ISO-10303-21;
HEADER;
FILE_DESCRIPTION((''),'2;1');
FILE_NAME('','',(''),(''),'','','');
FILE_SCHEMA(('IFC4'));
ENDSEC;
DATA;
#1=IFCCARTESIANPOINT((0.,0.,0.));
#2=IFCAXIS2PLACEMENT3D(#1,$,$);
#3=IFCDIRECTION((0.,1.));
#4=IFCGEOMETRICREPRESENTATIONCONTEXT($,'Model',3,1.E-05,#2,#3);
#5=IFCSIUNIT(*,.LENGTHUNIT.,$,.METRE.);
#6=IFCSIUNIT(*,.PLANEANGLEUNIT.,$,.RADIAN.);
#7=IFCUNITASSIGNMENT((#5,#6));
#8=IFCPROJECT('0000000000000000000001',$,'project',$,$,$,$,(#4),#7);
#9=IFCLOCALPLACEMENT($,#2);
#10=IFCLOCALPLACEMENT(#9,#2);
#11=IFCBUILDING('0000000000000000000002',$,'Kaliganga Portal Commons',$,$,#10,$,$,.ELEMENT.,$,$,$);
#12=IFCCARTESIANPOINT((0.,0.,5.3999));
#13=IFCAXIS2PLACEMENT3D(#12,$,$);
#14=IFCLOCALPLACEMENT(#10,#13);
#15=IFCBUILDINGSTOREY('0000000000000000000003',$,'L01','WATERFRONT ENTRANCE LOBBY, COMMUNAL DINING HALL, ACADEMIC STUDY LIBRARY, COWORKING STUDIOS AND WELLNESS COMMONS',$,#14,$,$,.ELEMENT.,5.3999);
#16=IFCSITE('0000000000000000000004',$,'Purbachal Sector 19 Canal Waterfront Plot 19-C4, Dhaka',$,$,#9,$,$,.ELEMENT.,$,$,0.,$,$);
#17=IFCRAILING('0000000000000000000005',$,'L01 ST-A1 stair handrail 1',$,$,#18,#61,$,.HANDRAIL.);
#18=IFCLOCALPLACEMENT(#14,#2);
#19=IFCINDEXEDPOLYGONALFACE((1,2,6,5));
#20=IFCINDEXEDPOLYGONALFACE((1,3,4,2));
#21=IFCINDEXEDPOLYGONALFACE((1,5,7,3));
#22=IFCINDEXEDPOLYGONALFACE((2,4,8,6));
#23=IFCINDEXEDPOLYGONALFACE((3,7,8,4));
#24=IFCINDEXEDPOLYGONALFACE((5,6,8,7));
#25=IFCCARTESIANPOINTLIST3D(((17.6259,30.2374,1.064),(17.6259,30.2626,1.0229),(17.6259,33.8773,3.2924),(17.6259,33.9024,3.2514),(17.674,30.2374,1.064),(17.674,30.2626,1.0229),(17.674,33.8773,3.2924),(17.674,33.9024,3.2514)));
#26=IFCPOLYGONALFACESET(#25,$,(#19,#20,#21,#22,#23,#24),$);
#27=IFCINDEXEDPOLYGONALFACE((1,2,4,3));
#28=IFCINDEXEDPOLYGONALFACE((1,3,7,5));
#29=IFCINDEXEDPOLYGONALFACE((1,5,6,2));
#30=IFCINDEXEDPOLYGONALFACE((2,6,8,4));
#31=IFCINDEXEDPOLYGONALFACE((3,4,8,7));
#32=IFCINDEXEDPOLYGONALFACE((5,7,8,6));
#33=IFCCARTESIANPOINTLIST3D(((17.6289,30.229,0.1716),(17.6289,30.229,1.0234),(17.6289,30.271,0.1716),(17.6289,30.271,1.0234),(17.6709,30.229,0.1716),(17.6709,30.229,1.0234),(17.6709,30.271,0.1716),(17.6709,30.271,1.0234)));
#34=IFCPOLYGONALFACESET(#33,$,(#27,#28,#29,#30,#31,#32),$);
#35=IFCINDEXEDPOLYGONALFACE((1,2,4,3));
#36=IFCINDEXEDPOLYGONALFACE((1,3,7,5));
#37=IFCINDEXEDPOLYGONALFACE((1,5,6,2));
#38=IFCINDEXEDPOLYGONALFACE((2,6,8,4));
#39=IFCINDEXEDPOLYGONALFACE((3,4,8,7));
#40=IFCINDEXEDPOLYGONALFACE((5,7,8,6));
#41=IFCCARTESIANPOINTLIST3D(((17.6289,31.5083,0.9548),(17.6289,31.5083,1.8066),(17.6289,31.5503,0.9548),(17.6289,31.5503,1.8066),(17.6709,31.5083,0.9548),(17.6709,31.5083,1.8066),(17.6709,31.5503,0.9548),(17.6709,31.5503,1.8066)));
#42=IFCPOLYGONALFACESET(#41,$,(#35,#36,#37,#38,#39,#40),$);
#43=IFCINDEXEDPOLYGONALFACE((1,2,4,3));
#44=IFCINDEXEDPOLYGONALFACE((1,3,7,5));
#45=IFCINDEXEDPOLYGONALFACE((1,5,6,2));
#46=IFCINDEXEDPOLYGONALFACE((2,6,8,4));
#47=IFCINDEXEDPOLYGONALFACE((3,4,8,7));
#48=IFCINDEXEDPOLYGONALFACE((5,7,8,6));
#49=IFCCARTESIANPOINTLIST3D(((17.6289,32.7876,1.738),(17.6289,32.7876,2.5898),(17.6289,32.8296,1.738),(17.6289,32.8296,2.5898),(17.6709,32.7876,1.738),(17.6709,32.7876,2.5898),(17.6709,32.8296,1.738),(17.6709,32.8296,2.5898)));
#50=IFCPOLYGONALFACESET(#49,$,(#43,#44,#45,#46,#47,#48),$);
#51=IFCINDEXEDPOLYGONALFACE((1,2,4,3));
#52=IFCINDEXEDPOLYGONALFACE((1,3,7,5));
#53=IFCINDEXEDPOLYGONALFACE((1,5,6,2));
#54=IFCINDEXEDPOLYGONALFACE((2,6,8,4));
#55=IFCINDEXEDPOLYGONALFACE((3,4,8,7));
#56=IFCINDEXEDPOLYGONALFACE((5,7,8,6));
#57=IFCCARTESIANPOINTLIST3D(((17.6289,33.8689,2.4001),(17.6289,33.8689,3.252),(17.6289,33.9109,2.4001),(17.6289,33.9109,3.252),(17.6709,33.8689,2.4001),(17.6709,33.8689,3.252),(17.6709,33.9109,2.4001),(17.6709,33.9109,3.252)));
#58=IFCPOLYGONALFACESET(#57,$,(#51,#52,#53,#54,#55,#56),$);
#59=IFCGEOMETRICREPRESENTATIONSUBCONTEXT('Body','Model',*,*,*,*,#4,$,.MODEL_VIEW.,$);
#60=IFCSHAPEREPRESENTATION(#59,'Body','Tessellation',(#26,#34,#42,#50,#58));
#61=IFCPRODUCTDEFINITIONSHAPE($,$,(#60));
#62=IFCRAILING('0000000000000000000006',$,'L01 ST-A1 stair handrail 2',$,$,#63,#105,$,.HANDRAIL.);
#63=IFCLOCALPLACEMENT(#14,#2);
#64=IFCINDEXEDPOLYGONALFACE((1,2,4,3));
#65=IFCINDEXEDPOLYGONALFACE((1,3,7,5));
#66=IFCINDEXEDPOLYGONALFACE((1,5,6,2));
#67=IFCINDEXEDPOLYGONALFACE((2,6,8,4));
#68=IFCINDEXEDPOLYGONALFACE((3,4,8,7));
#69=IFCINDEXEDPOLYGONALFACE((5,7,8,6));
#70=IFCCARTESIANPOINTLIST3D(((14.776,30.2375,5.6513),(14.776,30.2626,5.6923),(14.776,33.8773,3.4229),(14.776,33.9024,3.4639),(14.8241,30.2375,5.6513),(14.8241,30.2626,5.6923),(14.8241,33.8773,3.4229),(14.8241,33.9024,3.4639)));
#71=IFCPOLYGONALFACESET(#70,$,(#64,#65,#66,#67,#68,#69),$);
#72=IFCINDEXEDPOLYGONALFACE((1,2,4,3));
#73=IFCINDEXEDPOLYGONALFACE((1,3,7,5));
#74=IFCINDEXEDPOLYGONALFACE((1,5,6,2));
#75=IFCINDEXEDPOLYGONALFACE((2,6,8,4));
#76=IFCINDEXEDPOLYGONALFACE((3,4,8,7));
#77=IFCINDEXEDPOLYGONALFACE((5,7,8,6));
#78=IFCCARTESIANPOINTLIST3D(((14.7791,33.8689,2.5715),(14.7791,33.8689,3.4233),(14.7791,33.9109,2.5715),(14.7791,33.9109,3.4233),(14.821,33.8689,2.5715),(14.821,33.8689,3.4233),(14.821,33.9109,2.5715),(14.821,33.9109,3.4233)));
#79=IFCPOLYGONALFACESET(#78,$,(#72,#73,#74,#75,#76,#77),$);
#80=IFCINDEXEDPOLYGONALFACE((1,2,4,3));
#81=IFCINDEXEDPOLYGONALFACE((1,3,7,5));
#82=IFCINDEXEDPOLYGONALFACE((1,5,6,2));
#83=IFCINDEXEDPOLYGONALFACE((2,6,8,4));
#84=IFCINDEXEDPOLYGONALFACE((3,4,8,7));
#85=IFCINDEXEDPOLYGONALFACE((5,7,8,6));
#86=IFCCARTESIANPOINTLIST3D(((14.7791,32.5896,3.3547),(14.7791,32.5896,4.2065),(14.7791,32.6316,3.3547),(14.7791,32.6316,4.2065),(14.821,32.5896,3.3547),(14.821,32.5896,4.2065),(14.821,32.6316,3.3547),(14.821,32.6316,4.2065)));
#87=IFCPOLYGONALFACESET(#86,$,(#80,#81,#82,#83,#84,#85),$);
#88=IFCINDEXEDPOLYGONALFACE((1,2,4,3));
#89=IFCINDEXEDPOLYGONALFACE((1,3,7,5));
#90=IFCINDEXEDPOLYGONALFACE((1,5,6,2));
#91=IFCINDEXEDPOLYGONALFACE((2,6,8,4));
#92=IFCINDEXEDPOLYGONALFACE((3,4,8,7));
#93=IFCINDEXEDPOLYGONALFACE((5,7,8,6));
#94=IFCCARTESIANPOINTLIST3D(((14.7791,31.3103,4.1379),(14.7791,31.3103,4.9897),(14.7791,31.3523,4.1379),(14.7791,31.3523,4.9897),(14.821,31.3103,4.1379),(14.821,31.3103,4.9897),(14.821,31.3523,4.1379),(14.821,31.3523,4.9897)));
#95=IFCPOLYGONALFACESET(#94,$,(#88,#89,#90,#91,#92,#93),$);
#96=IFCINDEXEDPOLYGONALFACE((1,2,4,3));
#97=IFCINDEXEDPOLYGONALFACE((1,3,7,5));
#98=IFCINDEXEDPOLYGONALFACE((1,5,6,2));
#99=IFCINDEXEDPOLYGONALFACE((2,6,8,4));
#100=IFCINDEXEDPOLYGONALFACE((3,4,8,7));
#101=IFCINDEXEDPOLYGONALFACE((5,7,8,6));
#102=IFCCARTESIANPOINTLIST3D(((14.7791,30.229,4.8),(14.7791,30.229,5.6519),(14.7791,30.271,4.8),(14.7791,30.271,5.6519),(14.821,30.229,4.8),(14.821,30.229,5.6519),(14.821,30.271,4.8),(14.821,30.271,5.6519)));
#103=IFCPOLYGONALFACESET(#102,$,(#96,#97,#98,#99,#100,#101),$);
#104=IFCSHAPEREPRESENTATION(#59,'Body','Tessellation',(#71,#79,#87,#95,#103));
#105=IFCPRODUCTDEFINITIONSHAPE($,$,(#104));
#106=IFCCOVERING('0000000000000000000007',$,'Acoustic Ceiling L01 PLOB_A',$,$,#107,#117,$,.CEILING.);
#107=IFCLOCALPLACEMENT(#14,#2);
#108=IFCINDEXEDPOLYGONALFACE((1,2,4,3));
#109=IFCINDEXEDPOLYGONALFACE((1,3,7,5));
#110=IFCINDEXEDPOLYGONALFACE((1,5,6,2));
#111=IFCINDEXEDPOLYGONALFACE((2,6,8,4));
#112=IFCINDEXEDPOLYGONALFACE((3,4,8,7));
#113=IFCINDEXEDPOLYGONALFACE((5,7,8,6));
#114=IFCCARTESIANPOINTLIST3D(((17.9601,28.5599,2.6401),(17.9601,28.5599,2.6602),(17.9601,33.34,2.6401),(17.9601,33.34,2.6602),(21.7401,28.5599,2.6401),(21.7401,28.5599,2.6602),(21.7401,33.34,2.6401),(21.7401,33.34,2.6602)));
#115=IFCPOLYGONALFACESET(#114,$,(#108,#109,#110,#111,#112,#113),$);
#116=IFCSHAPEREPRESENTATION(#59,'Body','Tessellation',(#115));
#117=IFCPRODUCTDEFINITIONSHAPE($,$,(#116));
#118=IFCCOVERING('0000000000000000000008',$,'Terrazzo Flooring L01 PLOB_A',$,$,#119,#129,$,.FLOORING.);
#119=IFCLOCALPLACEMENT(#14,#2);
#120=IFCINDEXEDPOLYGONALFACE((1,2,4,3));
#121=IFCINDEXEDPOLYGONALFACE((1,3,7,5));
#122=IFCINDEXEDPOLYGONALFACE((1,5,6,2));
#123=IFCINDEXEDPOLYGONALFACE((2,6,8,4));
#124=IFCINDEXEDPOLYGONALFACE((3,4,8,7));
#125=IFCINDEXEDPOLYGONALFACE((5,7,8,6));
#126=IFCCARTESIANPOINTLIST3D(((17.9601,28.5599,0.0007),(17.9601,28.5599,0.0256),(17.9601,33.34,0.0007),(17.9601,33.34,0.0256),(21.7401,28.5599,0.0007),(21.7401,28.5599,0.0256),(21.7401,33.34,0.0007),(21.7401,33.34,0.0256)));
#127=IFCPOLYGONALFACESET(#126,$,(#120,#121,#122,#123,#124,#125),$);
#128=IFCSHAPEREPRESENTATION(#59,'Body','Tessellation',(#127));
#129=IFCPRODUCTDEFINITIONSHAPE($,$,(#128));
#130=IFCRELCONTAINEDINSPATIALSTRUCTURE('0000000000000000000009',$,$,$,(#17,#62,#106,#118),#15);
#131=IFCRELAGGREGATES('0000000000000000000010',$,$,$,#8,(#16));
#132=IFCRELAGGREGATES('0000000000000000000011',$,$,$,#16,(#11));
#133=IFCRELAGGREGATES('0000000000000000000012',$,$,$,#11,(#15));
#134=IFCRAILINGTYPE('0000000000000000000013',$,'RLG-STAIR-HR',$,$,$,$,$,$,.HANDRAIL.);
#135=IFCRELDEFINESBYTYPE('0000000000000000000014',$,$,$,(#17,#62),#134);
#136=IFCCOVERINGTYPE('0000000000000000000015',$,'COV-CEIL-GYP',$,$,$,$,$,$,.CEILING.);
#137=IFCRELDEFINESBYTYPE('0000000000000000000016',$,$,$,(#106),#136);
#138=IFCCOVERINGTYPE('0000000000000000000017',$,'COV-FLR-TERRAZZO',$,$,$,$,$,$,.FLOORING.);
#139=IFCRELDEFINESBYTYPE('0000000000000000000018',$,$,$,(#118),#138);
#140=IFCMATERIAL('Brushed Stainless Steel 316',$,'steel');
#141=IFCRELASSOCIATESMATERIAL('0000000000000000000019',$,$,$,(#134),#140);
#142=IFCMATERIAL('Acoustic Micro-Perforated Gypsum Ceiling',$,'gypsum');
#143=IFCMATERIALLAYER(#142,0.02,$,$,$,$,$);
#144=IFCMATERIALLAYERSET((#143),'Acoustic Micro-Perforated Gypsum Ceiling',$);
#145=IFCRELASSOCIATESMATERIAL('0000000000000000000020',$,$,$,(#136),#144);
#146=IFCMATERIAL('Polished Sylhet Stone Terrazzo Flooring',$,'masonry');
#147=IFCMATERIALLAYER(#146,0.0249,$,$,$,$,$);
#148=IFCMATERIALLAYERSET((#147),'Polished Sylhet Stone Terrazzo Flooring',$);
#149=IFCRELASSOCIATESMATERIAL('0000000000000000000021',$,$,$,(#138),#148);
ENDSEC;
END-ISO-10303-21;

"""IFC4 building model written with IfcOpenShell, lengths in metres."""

from ifc_helpers import new_model, si_unit, direction, frame, origin, origin_2d, place, context, subcontext, project, spatial, rectangle, extrude, source, transform, mapped, material, layer, layer_set, type_object, element, save


model = new_model("IFC4")

# Units and contexts
model_context = context("Model", 3, precision=1e-05, world=origin(), true_north=direction((0.0, 1.0)))
body_context = subcontext(model_context, "Body", "Model", "MODEL_VIEW")
ifc_project = project(units=[si_unit("LENGTHUNIT", "METRE"), si_unit("PLANEANGLEUNIT", "RADIAN")], contexts=[model_context])

# Site, building, storey
site_placement = place(None, origin())
site = spatial("IfcSite", under=ifc_project, at=site_placement, Name="Purbachal Sector 19 Canal Waterfront Plot 19-C4, Dhaka", CompositionType="ELEMENT", RefElevation=0.0)
building_placement = place(site_placement, origin())
building = spatial("IfcBuilding", under=site, at=building_placement, Name="Kaliganga Portal Commons", CompositionType="ELEMENT")
storey_placement = place(building_placement, frame((0.0, 0.0, 5.3999)))
storey = spatial("IfcBuildingStorey", under=building, at=storey_placement, Name="L01", Description="WATERFRONT ENTRANCE LOBBY, COMMUNAL DINING HALL, ACADEMIC STUDY LIBRARY, COWORKING STUDIOS AND WELLNESS COMMONS", CompositionType="ELEMENT", Elevation=5.3999)

# Railings
ifc_material_1 = material(Name="Brushed Stainless Steel 316", Category="steel")
railing_type_1 = type_object("IfcRailingType", Name="RLG-STAIR-HR", PredefinedType="HANDRAIL", material=ifc_material_1)
railing_1_placement = place(storey_placement, frame((17.6499, 30.25, 0.1716)))
element("IfcRailing", 1, at=railing_1_placement, inside=storey, type_object=railing_type_1, Name="L01 ST-A1 stair handrail 1", PredefinedType="HANDRAIL", context=body_context, shape_type="SweptSolid", body=[
    extrude(rectangle(XDim=0.0481, YDim=0.0481, at=origin_2d()), frame((0.0, 0.0, 0.8718), z_axis=(0.0, 0.85285, 0.522156), x_axis=(-1.0, 0.0, 0.0)), (0.0, 0.0, 1.0), 4.2678),
    extrude(rectangle(XDim=0.042, YDim=0.042, at=origin_2d()), origin(), (0.0, 0.0, 1.0), 0.8518),
    extrude(rectangle(XDim=0.042, YDim=0.042, at=origin_2d()), frame((0.0, 1.2793, 0.7832)), (0.0, 0.0, 1.0), 0.8518),
    extrude(rectangle(XDim=0.042, YDim=0.042, at=origin_2d()), frame((0.0, 2.5586, 1.5664)), (0.0, 0.0, 1.0), 0.8518),
    extrude(rectangle(XDim=0.042, YDim=0.042, at=origin_2d()), frame((0.0, 3.6399, 2.2285)), (0.0, 0.0, 1.0), 0.8518),
])
railing_2_placement = place(storey_placement, frame((14.8, 33.8899, 2.5715)))
element("IfcRailing", 2, at=railing_2_placement, inside=storey, type_object=railing_type_1, Name="L01 ST-A1 stair handrail 2", PredefinedType="HANDRAIL", context=body_context, shape_type="SweptSolid", body=[
    extrude(rectangle(XDim=0.0481, YDim=0.0481, at=origin_2d()), frame((0.0, 0.0, 0.8718), z_axis=(0.0, -0.85285, 0.522156), x_axis=(1.0, 0.0, 0.0)), (0.0, 0.0, 1.0), 4.2678),
    extrude(rectangle(XDim=0.042, YDim=0.042, at=origin_2d()), origin(), (0.0, 0.0, 1.0), 0.8518),
    extrude(rectangle(XDim=0.042, YDim=0.042, at=origin_2d()), frame((0.0, -1.2793, 0.7832)), (0.0, 0.0, 1.0), 0.8518),
    extrude(rectangle(XDim=0.042, YDim=0.042, at=origin_2d()), frame((0.0, -2.5586, 1.5664)), (0.0, 0.0, 1.0), 0.8518),
    extrude(rectangle(XDim=0.042, YDim=0.042, at=origin_2d()), frame((0.0, -3.6399, 2.2285)), (0.0, 0.0, 1.0), 0.8518),
])

# Coverings
ifc_material_2 = material(Name="Acoustic Micro-Perforated Gypsum Ceiling", Category="gypsum")
ifc_layer_1 = layer(ifc_material_2, 0.02)
ifc_layer_set_1 = layer_set([ifc_layer_1], Name="Acoustic Micro-Perforated Gypsum Ceiling")
covering_type_1 = type_object("IfcCoveringType", Name="COV-CEIL-GYP", PredefinedType="CEILING", material=ifc_layer_set_1)
shared_shape_1 = source(origin(), body_context, "Body", "SweptSolid", [
    extrude(rectangle(XDim=3.78, YDim=4.78, at=origin_2d()), origin(), (0.0, 0.0, 1.0), 0.02),
])
covering_1_placement = place(storey_placement, frame((19.8501, 30.95, 2.6401), z_axis=(0.0, 0.0, 1.0), x_axis=(1.0, 0.0, 0.0)))
element("IfcCovering", 3, at=covering_1_placement, inside=storey, type_object=covering_type_1, Name="Acoustic Ceiling L01 PLOB_A", PredefinedType="CEILING", context=body_context, shape_type="MappedRepresentation", body=[
    mapped(shared_shape_1, transform((0.0, 0.0, 0.0), x_axis=(1.0, 0.0, 0.0), y_axis=(0.0, 1.0, 0.0), z_axis=(0.0, 0.0, 1.0), scale=1.0)),
])
ifc_material_3 = material(Name="Polished Sylhet Stone Terrazzo Flooring", Category="masonry")
ifc_layer_2 = layer(ifc_material_3, 0.0249)
ifc_layer_set_2 = layer_set([ifc_layer_2], Name="Polished Sylhet Stone Terrazzo Flooring")
covering_type_2 = type_object("IfcCoveringType", Name="COV-FLR-TERRAZZO", PredefinedType="FLOORING", material=ifc_layer_set_2)
shared_shape_2 = source(origin(), body_context, "Body", "SweptSolid", [
    extrude(rectangle(XDim=3.78, YDim=4.78, at=origin_2d()), origin(), (0.0, 0.0, 1.0), 0.0249),
])
covering_2_placement = place(storey_placement, frame((19.8501, 30.95, 0.0007), z_axis=(0.0, 0.0, 1.0), x_axis=(1.0, 0.0, 0.0)))
element("IfcCovering", 4, at=covering_2_placement, inside=storey, type_object=covering_type_2, Name="Terrazzo Flooring L01 PLOB_A", PredefinedType="FLOORING", context=body_context, shape_type="MappedRepresentation", body=[
    mapped(shared_shape_2, transform((0.0, 0.0, 0.0), x_axis=(1.0, 0.0, 0.0), y_axis=(0.0, 1.0, 0.0), z_axis=(0.0, 0.0, 1.0), scale=1.0)),
])

save(model, "model.ifc")
